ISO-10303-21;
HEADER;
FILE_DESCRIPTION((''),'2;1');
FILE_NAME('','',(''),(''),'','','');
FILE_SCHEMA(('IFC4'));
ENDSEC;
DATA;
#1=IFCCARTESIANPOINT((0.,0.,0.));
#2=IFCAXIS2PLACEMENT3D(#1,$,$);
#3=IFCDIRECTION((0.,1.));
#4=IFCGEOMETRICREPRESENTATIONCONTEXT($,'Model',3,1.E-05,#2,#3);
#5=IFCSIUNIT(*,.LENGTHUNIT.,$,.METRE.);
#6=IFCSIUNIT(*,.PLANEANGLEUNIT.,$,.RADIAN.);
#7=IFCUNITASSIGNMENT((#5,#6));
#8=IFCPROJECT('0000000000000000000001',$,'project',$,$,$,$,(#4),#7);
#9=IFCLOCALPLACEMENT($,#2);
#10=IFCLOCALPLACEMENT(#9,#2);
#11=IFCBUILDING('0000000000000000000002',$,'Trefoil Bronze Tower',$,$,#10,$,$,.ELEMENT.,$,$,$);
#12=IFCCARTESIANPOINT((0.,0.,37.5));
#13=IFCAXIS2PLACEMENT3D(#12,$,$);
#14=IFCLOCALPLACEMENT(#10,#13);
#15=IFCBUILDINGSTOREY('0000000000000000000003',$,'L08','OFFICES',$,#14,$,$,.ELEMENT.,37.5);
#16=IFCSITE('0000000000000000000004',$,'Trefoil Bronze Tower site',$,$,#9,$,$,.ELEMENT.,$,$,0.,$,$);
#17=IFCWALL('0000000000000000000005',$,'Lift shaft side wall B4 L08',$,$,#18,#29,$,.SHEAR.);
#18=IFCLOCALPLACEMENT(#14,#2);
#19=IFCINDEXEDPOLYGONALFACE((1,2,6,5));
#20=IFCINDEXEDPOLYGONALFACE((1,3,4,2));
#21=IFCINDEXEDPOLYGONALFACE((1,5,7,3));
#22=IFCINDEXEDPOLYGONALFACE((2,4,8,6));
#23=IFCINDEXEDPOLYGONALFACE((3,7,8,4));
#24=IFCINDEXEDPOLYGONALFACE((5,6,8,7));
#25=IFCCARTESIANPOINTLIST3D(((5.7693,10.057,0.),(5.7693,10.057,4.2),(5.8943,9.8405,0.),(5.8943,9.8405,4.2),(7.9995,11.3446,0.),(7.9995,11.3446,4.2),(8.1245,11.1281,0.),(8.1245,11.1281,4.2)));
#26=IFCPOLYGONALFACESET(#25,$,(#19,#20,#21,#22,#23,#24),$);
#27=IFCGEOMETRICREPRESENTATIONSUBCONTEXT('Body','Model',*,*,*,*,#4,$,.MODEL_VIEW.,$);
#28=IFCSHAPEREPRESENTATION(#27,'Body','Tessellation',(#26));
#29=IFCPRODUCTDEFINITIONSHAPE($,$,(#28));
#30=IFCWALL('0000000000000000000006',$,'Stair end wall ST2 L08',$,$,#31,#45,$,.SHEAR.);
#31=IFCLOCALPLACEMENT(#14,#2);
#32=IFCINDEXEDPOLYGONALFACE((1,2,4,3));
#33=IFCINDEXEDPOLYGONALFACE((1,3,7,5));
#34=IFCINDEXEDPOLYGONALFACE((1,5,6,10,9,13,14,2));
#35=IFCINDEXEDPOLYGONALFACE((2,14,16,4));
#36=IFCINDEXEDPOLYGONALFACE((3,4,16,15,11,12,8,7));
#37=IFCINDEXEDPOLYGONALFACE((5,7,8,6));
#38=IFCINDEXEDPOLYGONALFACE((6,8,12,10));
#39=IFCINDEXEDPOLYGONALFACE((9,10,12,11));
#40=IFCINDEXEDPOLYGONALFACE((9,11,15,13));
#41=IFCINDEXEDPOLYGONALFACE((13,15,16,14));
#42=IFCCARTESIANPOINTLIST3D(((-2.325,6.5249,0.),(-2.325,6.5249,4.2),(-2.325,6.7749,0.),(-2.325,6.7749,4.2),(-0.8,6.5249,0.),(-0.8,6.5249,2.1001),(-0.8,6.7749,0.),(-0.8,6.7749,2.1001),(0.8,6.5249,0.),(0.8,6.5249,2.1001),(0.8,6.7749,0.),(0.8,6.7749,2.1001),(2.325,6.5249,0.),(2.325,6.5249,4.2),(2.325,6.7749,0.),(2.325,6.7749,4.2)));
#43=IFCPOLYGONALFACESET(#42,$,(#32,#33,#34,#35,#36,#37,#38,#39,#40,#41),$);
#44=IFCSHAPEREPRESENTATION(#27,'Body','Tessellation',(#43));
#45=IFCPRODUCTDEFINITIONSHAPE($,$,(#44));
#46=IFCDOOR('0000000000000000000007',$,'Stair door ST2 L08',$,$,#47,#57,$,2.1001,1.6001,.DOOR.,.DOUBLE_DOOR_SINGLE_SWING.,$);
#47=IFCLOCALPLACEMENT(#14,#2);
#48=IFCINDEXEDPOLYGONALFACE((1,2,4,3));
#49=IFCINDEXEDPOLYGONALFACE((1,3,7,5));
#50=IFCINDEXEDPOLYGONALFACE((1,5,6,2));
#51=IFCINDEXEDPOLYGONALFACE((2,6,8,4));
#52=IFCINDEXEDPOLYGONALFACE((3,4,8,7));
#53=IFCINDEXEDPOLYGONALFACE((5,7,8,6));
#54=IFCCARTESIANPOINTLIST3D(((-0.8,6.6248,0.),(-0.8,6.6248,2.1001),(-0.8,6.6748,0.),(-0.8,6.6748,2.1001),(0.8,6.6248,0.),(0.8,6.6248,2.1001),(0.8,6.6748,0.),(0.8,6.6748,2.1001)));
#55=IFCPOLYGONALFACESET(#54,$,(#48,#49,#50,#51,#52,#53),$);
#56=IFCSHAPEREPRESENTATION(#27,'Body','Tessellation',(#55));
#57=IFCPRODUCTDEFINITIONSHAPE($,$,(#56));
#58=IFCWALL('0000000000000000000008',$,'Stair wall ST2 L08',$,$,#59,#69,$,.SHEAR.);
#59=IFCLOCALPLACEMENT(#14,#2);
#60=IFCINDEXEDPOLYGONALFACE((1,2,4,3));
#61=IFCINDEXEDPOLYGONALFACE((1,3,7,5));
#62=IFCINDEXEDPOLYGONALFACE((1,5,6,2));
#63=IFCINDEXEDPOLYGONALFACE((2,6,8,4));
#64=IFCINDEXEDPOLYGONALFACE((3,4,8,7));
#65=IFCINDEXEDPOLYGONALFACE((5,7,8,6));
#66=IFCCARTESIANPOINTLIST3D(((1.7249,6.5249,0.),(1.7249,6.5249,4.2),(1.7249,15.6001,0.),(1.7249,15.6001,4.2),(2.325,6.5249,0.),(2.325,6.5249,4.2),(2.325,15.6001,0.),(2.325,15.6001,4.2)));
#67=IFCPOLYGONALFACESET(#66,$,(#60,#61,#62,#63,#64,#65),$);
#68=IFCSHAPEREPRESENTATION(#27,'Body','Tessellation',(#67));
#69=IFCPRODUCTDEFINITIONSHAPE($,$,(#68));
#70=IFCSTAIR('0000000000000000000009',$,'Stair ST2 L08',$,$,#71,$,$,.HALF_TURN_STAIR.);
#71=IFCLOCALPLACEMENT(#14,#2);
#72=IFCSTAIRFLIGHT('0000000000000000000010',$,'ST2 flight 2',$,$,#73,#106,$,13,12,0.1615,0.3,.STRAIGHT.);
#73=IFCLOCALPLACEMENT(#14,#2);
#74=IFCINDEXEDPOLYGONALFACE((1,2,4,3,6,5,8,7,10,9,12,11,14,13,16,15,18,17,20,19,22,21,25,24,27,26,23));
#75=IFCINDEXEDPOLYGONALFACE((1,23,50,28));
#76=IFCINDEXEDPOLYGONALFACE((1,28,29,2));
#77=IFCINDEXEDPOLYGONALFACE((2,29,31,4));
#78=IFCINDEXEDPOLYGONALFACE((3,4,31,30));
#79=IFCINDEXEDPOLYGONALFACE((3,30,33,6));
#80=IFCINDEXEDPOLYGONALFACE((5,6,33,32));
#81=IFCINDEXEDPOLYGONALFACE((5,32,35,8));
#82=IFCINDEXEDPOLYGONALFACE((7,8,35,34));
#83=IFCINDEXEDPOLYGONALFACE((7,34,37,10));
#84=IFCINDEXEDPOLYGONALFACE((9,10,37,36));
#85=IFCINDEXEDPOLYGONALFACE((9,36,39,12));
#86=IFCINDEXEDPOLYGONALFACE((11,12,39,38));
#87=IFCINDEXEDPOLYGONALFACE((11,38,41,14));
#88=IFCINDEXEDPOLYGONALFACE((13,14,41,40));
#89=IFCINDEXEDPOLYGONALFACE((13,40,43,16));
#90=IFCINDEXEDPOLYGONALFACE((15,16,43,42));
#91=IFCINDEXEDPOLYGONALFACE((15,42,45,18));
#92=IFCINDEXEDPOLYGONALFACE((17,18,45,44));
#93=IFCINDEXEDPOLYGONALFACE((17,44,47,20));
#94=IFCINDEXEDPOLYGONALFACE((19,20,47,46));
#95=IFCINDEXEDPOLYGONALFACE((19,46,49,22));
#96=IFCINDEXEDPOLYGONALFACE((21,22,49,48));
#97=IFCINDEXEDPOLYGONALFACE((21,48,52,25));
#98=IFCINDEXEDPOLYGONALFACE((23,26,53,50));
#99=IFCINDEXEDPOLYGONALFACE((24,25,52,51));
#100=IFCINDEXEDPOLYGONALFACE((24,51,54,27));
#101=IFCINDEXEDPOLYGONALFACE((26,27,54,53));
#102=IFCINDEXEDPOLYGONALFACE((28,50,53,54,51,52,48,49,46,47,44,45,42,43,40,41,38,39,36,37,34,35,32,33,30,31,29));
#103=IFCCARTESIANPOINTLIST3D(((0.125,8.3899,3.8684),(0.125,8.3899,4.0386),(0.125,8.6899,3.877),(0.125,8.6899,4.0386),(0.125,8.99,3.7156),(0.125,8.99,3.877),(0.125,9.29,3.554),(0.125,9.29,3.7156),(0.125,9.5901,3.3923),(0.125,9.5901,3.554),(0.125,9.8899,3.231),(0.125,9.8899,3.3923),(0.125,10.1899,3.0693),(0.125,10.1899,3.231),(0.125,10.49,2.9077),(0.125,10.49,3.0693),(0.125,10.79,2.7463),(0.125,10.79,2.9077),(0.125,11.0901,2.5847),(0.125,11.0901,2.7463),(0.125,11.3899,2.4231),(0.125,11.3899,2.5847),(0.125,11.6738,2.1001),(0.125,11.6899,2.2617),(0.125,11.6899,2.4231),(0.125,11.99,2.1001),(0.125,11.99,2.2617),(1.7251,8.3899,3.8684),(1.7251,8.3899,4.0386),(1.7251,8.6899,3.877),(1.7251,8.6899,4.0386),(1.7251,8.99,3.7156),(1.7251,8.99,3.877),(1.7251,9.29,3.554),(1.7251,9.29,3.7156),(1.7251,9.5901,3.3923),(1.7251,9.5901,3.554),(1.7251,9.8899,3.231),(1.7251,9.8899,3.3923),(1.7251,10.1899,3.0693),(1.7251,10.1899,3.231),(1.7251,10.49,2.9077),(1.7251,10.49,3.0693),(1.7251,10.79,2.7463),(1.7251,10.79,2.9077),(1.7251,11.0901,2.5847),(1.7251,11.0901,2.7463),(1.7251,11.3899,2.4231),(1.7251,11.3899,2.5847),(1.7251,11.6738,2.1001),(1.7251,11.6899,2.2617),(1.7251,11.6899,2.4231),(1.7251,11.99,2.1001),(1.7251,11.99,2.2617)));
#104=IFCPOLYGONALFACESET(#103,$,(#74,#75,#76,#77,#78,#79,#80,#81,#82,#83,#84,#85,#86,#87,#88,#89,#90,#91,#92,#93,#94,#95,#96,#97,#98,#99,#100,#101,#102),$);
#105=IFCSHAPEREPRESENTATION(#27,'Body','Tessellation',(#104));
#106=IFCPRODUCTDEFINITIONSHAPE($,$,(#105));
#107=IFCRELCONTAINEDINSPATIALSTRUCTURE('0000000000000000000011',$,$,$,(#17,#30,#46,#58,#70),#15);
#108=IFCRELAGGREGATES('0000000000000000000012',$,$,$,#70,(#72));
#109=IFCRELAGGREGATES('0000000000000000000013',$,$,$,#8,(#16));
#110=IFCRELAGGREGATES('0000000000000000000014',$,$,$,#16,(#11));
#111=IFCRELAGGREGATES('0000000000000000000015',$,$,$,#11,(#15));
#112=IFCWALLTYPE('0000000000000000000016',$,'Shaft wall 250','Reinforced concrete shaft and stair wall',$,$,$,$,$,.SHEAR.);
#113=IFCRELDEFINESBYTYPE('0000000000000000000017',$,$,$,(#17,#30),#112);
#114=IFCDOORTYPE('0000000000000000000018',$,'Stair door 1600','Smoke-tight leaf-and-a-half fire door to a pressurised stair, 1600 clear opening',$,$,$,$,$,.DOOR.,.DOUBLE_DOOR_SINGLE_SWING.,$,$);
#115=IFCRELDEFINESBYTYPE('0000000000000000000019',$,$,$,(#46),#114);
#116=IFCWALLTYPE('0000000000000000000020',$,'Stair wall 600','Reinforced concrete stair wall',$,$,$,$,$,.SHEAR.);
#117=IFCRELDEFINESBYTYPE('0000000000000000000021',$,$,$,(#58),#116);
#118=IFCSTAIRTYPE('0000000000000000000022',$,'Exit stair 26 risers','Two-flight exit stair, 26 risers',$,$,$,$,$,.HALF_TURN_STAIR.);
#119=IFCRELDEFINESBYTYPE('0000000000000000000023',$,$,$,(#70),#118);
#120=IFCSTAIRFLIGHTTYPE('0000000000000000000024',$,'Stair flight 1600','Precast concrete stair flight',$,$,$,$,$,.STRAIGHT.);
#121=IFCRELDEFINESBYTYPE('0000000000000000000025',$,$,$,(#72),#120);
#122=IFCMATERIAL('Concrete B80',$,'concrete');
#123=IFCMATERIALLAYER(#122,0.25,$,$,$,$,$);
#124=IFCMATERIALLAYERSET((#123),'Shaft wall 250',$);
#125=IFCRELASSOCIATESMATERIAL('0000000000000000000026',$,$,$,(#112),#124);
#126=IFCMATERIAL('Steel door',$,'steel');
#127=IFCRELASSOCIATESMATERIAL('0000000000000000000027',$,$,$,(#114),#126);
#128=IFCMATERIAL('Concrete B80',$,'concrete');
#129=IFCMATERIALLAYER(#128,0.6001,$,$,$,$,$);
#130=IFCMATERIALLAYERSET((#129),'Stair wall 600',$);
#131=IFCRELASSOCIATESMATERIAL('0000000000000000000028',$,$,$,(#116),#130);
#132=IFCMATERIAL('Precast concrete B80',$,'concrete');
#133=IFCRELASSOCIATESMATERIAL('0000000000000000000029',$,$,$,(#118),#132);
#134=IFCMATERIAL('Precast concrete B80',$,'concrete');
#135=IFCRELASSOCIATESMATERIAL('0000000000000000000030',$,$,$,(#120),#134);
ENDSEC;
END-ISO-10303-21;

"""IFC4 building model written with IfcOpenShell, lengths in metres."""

from ifc_helpers import new_model, si_unit, direction, frame, frame_2d, origin, place, context, subcontext, project, spatial, polyline, rectangle, outline, extrude, material, layer, layer_set, type_object, element, fill, aggregate, save


model = new_model("IFC4")

# Units and contexts
model_context = context("Model", 3, precision=1e-05, world=origin(), true_north=direction((0.0, 1.0)))
body_context = subcontext(model_context, "Body", "Model", "MODEL_VIEW")
ifc_project = project(units=[si_unit("LENGTHUNIT", "METRE"), si_unit("PLANEANGLEUNIT", "RADIAN")], contexts=[model_context])

# Site, building, storey
site_placement = place(None, origin())
site = spatial("IfcSite", under=ifc_project, at=site_placement, Name="Trefoil Bronze Tower site", CompositionType="ELEMENT", RefElevation=0.0)
building_placement = place(site_placement, origin())
building = spatial("IfcBuilding", under=site, at=building_placement, Name="Trefoil Bronze Tower", CompositionType="ELEMENT")
storey_placement = place(building_placement, frame((0.0, 0.0, 37.5)))
storey = spatial("IfcBuildingStorey", under=building, at=storey_placement, Name="L08", Description="OFFICES", CompositionType="ELEMENT", Elevation=37.5)

# Wall
ifc_material_1 = material(Name="Concrete B80", Category="concrete")
ifc_layer_1 = layer(ifc_material_1, 0.25)
ifc_layer_set_1 = layer_set([ifc_layer_1], Name="Shaft wall 250")
wall_type_1 = type_object("IfcWallType", Name="Shaft wall 250", Description="Reinforced concrete shaft and stair wall", PredefinedType="SHEAR", material=ifc_layer_set_1)
wall_1_placement = place(storey_placement, frame((5.8318, 9.9487, 0.0), z_axis=(0.0, 0.0, 1.0), x_axis=(0.866029, 0.499993, 0.0)))
element("IfcWall", 1, at=wall_1_placement, inside=storey, type_object=wall_type_1, Name="Lift shaft side wall B4 L08", PredefinedType="SHEAR", context=body_context, shape_type="SweptSolid", body=[
    extrude(rectangle(XDim=2.5752, YDim=0.25, at=frame_2d((1.2876, 0.0))), origin(), (0.0, 0.0, 1.0), 4.2),
])

# Wall, opening, door
wall_2_placement = place(storey_placement, frame((2.325, 6.6499, 0.0), z_axis=(0.0, 0.0, 1.0), x_axis=(-1.0, 0.0, 0.0)))
wall_2 = element("IfcWall", 2, at=wall_2_placement, inside=storey, type_object=wall_type_1, Name="Stair end wall ST2 L08", PredefinedType="SHEAR", context=body_context, shape_type="SweptSolid", body=[
    extrude(rectangle(XDim=4.6499, YDim=0.25, at=frame_2d((2.325, 0.0))), origin(), (0.0, 0.0, 1.0), 4.2),
])
opening_1_placement = place(wall_2_placement, frame((1.5249, 0.0, 0.0)))
opening_1 = element("IfcOpeningElement", 3, at=opening_1_placement, cuts=wall_2, PredefinedType="OPENING", context=body_context, shape_type="SweptSolid", body=[
    extrude(rectangle(XDim=1.6001, YDim=2.1001, at=frame_2d((0.8, 1.05))), frame((0.0, 0.135, 0.0), z_axis=(0.0, -1.0, 0.0), x_axis=(1.0, 0.0, 0.0)), (0.0, 0.0, 1.0), 0.27),
])
ifc_material_2 = material(Name="Steel door", Category="steel")
door_type_1 = type_object("IfcDoorType", Name="Stair door 1600", Description="Smoke-tight leaf-and-a-half fire door to a pressurised stair, 1600 clear opening", OperationType="DOUBLE_DOOR_SINGLE_SWING", PredefinedType="DOOR", material=ifc_material_2)
door_1_placement = place(opening_1_placement, frame((1.6001, 0.0, 0.0), z_axis=(0.0, 0.0, 1.0), x_axis=(-1.0, 0.0, 0.0)))
door_1 = element("IfcDoor", 4, at=door_1_placement, inside=storey, type_object=door_type_1, Name="Stair door ST2 L08", OperationType="DOUBLE_DOOR_SINGLE_SWING", OverallHeight=2.1001, OverallWidth=1.6001, PredefinedType="DOOR", context=body_context, shape_type="SweptSolid", body=[
    extrude(rectangle(XDim=1.6001, YDim=2.1001, at=frame_2d((0.8, 1.05))), frame((0.0, 0.0249, 0.0), z_axis=(0.0, -1.0, 0.0), x_axis=(1.0, 0.0, 0.0)), (0.0, 0.0, 1.0), 0.05),
])
fill(opening_1, door_1)

# Wall
ifc_material_3 = material(Name="Concrete B80", Category="concrete")
ifc_layer_2 = layer(ifc_material_3, 0.6001)
ifc_layer_set_2 = layer_set([ifc_layer_2], Name="Stair wall 600")
wall_type_2 = type_object("IfcWallType", Name="Stair wall 600", Description="Reinforced concrete stair wall", PredefinedType="SHEAR", material=ifc_layer_set_2)
wall_3_placement = place(storey_placement, frame((2.0249, 6.5249, 0.0), z_axis=(0.0, 0.0, 1.0), x_axis=(0.0, 1.0, 0.0)))
element("IfcWall", 5, at=wall_3_placement, inside=storey, type_object=wall_type_2, Name="Stair wall ST2 L08", PredefinedType="SHEAR", context=body_context, shape_type="SweptSolid", body=[
    extrude(rectangle(XDim=9.0752, YDim=0.6001, at=frame_2d((4.5376, 0.0))), origin(), (0.0, 0.0, 1.0), 4.2),
])

# Stair, stair flight
ifc_material_4 = material(Name="Precast concrete B80", Category="concrete")
stair_type = type_object("IfcStairType", Name="Exit stair 26 risers", Description="Two-flight exit stair, 26 risers", PredefinedType="HALF_TURN_STAIR", material=ifc_material_4)
stair_placement = place(storey_placement, origin())
stair = element("IfcStair", 6, at=stair_placement, inside=storey, type_object=stair_type, Name="Stair ST2 L08", PredefinedType="HALF_TURN_STAIR")
ifc_material_5 = material(Name="Precast concrete B80", Category="concrete")
stair_flight_type = type_object("IfcStairFlightType", Name="Stair flight 1600", Description="Precast concrete stair flight", PredefinedType="STRAIGHT", material=ifc_material_5)
stair_flight_placement = place(storey_placement, frame((0.925, 11.99, 2.1001), z_axis=(0.0, 0.0, 1.0), x_axis=(0.0, -1.0, 0.0)))
stair_flight = element("IfcStairFlight", 7, at=stair_flight_placement, type_object=stair_flight_type, Name="ST2 flight 2", NumberOfRisers=13, NumberOfTreads=12, PredefinedType="STRAIGHT", RiserHeight=0.1615, TreadLength=0.3, context=body_context, shape_type="SweptSolid", body=[
    extrude(outline(polyline([(0.0, 0.0), (0.0, 0.1616), (0.3, 0.1616), (0.3, 0.323), (0.6001, 0.323), (0.6001, 0.4846), (0.8999, 0.4846), (0.8999, 0.6462), (1.2, 0.6462), (1.2, 0.8076), (1.5, 0.8076), (1.5, 0.9692), (1.8, 0.9692), (1.8, 1.1309), (2.1001, 1.1309), (2.1001, 1.2922), (2.3999, 1.2922), (2.3999, 1.4539), (2.7, 1.4539), (2.7, 1.6155), (3.0, 1.6155), (3.0, 1.7769), (3.3, 1.7769), (3.3, 1.9385), (3.6001, 1.9385), (3.6001, 2.1001), (3.6001, 1.7683), (0.3162, 0.0), (0.0, 0.0)])), frame((0.0, 0.8, 0.0), z_axis=(0.0, -1.0, 0.0), x_axis=(1.0, 0.0, 0.0)), (0.0, 0.0, 1.0), 1.6001),
])
aggregate(stair, [stair_flight])

save(model, "model.ifc")
